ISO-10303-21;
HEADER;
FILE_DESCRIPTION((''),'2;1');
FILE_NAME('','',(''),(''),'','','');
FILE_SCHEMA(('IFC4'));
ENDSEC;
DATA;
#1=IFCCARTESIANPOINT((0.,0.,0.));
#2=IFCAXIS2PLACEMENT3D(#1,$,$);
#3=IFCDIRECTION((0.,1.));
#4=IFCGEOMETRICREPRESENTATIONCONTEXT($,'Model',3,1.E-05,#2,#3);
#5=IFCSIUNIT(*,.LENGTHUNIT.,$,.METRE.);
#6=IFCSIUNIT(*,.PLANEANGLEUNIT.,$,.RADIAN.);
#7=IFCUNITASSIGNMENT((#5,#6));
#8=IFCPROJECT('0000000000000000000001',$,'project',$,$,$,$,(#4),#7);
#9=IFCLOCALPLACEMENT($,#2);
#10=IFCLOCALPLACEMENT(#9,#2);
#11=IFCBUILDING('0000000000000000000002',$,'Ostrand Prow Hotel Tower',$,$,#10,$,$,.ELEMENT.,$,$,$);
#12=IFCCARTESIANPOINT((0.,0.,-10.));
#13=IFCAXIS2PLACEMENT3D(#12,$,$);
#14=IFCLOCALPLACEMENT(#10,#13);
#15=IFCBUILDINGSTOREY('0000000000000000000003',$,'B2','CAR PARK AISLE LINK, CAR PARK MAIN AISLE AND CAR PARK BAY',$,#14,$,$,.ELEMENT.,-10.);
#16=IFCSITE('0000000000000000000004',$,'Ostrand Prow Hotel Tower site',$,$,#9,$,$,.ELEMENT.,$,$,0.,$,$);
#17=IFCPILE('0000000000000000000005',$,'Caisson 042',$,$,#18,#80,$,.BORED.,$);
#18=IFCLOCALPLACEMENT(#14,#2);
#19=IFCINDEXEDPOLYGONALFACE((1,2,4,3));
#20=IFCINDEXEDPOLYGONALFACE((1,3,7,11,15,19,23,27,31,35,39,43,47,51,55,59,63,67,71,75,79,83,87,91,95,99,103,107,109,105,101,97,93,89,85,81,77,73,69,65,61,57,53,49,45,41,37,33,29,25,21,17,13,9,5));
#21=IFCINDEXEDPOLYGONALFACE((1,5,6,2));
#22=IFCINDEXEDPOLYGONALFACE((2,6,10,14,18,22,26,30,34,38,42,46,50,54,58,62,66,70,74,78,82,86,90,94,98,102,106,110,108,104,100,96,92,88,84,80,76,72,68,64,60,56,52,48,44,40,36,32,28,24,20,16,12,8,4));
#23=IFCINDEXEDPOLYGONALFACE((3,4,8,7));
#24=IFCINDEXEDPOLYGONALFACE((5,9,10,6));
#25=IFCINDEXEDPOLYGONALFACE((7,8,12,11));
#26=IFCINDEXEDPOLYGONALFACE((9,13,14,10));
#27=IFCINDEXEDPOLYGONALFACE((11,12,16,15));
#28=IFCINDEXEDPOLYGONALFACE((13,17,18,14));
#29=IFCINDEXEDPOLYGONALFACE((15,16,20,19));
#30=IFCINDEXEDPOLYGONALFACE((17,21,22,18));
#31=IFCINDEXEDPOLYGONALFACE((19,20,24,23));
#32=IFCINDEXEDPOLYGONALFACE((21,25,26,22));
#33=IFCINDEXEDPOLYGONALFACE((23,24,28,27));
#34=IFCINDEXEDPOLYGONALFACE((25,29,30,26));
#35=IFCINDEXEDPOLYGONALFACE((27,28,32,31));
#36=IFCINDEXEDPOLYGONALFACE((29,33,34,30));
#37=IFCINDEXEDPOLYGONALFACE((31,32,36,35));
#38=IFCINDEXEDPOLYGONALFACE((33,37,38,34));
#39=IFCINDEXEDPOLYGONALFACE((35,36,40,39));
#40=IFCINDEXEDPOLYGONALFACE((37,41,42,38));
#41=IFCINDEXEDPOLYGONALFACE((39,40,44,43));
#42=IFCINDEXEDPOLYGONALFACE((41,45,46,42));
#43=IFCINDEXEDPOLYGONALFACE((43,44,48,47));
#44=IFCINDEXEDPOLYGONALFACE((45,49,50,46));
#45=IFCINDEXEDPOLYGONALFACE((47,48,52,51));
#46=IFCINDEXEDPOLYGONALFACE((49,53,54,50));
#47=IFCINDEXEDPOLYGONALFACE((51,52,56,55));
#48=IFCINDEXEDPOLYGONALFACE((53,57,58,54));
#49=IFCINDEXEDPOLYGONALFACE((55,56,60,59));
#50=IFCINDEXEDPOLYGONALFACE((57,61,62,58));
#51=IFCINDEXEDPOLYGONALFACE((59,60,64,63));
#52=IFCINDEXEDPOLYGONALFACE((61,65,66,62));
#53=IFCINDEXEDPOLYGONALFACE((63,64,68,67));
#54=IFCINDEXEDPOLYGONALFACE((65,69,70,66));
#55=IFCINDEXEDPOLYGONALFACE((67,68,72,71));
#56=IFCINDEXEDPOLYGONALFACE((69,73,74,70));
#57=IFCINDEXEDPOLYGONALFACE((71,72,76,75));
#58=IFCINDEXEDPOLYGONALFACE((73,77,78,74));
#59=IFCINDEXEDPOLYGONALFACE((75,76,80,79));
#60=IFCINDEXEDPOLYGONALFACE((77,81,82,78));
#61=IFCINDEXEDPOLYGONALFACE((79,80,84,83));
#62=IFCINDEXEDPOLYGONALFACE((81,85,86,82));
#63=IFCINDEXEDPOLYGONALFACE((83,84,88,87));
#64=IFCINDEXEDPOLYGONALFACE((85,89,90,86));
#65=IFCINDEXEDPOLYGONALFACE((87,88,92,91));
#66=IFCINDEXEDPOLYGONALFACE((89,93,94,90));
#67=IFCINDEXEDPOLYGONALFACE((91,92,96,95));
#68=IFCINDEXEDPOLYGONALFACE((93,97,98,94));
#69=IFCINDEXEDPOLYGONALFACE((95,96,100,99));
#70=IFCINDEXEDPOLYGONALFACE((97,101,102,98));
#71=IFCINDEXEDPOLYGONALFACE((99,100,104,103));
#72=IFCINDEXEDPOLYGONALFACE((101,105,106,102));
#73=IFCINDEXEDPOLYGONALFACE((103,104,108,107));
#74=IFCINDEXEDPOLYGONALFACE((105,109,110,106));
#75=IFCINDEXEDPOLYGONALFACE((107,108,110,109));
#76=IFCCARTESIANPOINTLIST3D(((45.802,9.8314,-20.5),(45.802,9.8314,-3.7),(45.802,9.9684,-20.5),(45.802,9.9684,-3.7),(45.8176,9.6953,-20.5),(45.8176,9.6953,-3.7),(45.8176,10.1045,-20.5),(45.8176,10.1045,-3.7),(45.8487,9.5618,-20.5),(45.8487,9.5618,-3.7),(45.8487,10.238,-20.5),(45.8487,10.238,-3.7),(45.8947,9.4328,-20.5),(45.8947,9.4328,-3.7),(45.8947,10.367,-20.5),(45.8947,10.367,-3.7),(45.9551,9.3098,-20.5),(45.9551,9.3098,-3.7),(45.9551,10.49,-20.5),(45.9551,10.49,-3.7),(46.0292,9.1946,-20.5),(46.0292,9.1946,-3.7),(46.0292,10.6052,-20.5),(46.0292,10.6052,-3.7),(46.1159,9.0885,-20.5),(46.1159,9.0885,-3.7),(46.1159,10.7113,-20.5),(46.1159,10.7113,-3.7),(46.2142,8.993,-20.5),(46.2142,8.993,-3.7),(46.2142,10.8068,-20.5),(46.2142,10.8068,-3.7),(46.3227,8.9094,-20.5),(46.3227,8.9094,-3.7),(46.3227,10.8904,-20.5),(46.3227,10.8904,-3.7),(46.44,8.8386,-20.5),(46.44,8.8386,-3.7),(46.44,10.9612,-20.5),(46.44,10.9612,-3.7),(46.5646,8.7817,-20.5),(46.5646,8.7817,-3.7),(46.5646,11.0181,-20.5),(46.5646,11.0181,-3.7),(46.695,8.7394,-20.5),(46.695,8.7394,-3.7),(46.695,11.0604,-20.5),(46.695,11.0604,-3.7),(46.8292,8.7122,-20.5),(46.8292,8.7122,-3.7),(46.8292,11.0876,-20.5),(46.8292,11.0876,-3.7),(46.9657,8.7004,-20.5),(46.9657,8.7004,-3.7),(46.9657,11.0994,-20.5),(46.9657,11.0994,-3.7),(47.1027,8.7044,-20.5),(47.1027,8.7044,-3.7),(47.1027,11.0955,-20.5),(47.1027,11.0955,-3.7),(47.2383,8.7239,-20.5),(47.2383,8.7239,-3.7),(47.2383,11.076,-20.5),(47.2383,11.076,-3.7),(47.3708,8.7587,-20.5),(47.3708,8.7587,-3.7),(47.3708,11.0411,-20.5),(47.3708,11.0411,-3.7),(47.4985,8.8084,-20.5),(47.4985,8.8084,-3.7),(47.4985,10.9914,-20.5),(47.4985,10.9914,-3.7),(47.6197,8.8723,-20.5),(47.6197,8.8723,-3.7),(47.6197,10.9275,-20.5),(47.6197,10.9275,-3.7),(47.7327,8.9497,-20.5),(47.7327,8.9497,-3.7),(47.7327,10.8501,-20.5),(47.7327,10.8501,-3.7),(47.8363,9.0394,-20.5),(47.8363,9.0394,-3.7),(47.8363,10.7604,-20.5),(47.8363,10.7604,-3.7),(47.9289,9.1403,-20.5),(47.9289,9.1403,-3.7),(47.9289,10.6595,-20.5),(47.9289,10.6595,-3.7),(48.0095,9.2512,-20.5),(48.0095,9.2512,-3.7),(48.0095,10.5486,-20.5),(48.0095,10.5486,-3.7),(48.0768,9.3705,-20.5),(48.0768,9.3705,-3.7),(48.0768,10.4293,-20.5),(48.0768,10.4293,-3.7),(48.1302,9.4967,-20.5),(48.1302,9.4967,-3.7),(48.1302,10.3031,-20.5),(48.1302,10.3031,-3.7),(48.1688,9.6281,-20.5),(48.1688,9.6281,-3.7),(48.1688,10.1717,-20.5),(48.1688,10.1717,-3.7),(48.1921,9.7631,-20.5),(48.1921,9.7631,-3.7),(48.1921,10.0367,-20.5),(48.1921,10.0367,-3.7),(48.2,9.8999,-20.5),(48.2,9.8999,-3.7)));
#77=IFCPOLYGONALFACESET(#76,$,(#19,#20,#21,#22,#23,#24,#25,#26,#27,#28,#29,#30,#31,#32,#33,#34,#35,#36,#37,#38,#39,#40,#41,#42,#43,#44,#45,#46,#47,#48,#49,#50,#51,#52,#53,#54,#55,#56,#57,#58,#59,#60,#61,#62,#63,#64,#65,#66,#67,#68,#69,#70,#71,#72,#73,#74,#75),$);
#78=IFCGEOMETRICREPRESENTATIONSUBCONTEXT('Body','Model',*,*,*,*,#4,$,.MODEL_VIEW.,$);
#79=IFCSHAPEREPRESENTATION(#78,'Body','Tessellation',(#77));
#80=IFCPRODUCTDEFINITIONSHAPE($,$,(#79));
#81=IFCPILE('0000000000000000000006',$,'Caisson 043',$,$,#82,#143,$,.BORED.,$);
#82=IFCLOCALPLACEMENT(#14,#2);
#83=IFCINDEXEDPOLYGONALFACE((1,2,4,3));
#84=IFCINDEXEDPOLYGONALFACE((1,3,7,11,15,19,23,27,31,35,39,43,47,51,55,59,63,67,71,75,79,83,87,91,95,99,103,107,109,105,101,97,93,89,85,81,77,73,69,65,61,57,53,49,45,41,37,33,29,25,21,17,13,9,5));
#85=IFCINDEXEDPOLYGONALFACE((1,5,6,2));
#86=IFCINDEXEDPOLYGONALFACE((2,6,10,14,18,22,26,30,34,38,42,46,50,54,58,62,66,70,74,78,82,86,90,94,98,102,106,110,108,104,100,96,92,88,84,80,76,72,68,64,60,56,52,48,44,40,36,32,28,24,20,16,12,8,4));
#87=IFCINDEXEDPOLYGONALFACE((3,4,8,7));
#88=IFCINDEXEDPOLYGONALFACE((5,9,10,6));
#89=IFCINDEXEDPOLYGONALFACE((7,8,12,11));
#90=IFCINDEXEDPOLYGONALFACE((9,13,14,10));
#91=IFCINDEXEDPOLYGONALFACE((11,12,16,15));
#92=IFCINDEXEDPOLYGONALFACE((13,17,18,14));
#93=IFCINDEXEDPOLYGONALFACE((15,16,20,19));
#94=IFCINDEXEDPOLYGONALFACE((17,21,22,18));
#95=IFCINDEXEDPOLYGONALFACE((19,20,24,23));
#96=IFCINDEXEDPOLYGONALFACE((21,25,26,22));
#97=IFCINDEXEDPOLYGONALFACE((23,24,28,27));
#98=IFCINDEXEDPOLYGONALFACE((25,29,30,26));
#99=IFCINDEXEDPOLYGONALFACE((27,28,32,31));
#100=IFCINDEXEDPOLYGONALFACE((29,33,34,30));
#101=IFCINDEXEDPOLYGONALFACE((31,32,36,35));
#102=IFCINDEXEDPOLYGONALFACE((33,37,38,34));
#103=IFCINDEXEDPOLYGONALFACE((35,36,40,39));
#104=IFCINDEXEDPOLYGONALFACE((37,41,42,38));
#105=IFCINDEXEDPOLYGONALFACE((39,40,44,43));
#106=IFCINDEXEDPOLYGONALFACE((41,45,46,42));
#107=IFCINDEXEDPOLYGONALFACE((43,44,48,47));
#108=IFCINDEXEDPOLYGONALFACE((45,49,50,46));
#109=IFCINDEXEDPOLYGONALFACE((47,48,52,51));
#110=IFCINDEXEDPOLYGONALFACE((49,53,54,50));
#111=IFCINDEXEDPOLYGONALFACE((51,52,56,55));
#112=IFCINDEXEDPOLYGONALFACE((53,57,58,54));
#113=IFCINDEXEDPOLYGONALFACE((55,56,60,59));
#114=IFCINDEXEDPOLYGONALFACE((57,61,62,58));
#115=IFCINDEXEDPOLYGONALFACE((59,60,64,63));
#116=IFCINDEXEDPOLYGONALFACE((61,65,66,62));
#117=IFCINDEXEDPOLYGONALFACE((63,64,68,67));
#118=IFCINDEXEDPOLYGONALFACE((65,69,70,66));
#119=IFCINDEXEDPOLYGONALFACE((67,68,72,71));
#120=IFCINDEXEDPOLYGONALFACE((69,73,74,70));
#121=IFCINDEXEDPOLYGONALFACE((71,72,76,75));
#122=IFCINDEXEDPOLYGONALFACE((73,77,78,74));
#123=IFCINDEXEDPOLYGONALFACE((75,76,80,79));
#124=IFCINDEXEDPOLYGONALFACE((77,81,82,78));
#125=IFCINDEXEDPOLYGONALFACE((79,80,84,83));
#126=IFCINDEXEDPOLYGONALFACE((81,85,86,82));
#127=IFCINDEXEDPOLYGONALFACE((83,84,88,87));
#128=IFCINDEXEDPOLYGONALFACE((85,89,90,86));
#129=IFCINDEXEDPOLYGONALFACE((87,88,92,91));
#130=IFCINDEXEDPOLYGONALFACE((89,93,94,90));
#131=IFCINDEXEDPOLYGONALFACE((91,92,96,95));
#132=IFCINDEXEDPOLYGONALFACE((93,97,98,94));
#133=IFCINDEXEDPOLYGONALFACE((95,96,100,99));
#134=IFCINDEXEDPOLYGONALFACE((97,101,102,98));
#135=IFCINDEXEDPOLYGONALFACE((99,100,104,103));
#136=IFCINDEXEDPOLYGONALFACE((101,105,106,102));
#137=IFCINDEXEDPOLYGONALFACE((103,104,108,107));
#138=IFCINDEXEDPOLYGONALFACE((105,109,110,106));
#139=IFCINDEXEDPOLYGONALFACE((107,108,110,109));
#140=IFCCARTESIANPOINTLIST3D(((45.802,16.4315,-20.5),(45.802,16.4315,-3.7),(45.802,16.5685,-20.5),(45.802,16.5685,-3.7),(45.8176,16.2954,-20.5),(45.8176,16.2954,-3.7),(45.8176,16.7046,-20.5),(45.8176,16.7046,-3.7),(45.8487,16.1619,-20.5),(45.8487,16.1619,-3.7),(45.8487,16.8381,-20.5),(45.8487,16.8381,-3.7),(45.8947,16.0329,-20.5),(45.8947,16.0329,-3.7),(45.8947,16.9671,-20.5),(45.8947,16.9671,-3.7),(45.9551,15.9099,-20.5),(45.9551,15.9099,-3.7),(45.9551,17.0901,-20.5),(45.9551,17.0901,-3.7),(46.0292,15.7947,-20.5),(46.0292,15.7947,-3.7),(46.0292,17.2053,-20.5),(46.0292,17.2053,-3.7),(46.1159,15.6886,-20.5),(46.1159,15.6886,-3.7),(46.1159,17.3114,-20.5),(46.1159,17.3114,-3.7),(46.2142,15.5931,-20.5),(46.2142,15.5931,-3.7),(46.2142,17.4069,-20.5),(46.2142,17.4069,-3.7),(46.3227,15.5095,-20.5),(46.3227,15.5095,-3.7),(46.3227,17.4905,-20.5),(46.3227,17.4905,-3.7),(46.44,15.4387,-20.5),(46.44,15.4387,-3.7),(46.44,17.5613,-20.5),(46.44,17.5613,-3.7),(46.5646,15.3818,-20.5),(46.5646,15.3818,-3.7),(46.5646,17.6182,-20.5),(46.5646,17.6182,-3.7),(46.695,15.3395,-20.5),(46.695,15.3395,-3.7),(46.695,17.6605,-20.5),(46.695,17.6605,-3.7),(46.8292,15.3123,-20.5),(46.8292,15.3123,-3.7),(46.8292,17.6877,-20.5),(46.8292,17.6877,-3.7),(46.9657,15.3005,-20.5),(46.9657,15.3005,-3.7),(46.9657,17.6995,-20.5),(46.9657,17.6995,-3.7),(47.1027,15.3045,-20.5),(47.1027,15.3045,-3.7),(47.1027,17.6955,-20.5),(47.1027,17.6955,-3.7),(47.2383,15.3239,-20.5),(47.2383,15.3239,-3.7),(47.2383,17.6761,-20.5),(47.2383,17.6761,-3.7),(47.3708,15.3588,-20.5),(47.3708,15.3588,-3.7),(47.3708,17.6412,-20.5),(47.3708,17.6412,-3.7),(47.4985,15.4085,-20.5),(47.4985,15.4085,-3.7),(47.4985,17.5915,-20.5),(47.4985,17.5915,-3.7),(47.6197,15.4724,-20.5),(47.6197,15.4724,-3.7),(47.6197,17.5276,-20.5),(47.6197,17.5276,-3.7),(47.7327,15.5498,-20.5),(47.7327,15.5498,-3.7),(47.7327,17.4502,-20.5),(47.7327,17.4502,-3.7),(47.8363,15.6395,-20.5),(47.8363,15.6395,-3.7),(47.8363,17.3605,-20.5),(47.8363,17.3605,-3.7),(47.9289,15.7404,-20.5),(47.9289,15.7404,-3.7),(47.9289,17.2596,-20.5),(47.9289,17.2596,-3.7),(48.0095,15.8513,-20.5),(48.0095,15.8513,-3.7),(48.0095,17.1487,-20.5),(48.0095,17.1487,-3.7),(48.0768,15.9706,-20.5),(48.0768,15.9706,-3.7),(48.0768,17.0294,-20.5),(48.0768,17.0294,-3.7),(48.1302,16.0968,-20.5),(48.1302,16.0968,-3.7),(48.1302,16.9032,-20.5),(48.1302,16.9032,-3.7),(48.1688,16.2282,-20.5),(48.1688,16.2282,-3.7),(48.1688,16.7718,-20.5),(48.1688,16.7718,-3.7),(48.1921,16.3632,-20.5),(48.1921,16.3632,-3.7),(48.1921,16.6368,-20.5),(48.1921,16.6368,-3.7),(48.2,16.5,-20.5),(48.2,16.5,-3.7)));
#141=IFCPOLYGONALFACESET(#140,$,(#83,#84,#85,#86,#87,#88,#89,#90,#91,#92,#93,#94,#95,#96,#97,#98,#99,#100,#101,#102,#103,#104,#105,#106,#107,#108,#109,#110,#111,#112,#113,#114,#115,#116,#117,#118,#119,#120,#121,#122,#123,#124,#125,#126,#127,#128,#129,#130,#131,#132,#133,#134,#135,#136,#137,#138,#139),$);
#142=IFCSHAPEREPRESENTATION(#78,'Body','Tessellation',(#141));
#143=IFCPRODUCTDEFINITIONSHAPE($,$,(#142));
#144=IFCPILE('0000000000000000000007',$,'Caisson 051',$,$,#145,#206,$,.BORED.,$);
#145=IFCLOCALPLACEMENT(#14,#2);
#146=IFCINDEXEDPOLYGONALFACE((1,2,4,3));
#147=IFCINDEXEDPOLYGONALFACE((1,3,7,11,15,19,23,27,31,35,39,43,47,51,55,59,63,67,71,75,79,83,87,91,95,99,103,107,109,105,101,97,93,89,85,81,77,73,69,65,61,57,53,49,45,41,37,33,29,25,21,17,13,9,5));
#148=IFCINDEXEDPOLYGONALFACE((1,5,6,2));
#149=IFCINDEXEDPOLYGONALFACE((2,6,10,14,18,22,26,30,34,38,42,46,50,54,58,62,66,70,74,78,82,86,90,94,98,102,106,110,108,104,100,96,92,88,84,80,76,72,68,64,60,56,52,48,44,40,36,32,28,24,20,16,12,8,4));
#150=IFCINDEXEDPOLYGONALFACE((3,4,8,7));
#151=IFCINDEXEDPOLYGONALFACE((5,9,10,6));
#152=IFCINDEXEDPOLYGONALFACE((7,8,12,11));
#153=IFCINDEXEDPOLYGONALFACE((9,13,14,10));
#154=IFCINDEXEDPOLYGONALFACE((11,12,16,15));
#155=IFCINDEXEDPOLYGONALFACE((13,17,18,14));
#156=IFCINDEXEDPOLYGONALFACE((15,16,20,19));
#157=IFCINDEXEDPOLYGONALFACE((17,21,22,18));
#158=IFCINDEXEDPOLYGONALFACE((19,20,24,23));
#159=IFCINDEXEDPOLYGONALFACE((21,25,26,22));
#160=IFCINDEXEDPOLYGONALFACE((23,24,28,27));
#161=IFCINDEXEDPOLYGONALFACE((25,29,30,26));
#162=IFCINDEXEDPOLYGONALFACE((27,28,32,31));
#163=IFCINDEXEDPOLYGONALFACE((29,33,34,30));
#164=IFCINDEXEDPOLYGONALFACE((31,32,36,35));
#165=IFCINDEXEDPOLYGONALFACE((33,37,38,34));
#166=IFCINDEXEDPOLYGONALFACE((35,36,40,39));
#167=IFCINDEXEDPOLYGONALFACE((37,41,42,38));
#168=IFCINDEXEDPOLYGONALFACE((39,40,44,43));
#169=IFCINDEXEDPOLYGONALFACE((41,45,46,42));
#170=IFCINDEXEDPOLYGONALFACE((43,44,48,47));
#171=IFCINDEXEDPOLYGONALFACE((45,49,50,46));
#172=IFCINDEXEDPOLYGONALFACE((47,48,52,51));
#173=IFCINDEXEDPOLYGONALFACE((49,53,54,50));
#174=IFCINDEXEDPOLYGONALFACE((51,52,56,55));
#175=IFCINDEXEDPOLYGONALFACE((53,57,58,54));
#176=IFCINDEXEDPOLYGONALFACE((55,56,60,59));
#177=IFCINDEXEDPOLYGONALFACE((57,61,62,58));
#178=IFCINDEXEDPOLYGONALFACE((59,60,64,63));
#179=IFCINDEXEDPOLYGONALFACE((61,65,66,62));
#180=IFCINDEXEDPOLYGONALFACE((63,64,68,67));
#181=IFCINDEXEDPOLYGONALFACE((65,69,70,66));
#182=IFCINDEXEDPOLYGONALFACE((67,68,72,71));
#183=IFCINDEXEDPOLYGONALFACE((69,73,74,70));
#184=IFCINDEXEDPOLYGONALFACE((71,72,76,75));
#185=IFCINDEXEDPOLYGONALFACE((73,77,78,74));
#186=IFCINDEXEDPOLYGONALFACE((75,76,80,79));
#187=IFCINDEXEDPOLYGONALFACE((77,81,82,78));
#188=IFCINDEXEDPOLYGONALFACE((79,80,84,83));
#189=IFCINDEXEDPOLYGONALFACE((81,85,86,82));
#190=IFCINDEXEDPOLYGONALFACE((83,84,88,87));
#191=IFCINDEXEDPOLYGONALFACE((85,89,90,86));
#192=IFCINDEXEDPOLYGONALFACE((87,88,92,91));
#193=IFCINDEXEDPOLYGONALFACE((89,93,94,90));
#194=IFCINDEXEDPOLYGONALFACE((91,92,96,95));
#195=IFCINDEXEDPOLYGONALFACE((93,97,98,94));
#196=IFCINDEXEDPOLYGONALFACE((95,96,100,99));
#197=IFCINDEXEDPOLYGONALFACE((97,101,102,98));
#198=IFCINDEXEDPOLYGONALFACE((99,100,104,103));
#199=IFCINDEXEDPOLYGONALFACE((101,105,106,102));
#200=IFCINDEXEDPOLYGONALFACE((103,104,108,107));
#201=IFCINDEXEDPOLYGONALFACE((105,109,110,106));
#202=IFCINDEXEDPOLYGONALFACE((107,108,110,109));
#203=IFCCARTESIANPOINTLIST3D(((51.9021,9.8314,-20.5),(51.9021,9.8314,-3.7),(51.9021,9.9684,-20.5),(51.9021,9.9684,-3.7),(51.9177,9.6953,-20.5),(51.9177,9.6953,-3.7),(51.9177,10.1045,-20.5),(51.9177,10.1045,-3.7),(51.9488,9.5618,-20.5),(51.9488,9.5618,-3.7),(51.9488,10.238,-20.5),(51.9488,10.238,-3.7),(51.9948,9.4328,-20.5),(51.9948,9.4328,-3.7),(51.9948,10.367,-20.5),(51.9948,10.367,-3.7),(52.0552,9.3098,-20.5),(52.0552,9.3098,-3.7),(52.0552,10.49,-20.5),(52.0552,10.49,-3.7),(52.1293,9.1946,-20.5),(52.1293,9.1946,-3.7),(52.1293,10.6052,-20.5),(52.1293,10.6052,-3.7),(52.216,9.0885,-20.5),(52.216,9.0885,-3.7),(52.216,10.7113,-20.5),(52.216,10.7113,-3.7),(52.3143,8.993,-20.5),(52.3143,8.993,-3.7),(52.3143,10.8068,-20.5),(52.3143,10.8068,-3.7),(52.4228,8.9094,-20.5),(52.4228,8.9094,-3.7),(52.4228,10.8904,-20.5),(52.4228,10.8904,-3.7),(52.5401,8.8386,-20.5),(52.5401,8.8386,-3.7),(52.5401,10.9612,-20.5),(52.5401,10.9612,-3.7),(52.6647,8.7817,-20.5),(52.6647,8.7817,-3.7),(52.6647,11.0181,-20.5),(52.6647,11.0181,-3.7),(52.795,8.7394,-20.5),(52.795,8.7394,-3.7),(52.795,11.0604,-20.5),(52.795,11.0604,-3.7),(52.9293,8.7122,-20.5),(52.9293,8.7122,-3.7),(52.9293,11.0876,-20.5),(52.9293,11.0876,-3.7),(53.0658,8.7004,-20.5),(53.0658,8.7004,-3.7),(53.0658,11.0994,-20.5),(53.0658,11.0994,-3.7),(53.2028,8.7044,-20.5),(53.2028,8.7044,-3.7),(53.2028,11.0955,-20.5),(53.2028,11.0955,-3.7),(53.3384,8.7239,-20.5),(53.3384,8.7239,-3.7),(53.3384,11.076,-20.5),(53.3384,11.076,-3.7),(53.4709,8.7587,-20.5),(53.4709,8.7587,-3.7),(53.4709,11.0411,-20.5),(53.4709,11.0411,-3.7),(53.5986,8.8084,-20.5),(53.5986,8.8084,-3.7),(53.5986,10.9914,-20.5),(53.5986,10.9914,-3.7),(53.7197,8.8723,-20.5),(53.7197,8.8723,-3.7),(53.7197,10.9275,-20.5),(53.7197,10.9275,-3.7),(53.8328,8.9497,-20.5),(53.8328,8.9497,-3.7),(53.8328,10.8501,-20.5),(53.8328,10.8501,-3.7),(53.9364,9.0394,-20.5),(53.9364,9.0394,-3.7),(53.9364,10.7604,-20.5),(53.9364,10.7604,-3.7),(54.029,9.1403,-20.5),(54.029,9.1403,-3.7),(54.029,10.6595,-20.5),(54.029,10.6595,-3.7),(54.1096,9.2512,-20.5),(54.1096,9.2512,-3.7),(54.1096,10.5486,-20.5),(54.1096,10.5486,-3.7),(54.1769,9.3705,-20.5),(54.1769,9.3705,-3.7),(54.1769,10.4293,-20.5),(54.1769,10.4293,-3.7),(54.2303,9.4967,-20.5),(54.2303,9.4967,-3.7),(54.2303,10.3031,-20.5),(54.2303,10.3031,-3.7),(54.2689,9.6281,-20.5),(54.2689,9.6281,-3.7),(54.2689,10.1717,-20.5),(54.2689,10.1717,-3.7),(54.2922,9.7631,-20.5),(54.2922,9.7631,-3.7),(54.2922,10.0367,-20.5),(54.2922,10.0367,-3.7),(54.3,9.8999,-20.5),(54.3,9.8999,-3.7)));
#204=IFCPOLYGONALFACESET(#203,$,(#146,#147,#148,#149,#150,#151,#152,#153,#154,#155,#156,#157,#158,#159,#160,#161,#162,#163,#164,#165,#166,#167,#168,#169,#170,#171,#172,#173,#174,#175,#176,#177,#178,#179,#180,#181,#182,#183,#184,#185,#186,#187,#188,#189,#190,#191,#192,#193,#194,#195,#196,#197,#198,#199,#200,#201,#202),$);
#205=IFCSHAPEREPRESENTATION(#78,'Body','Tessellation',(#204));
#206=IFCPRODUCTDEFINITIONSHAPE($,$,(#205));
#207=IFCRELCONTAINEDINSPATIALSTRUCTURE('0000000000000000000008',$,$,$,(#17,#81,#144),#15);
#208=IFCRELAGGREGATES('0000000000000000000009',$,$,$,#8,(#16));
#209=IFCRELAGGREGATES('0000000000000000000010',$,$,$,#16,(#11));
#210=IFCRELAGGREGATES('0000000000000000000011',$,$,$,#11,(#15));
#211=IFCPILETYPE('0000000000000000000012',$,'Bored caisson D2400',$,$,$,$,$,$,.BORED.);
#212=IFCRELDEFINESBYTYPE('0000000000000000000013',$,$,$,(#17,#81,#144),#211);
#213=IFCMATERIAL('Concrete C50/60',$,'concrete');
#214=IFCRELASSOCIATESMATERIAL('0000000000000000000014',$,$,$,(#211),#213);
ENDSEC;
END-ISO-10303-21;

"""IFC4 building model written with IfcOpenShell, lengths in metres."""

from ifc_helpers import new_model, si_unit, direction, frame, origin, origin_2d, place, context, subcontext, project, spatial, circle, extrude, material, type_object, element, save


model = new_model("IFC4")

# Units and contexts
model_context = context("Model", 3, precision=1e-05, world=origin(), true_north=direction((0.0, 1.0)))
body_context = subcontext(model_context, "Body", "Model", "MODEL_VIEW")
ifc_project = project(units=[si_unit("LENGTHUNIT", "METRE"), si_unit("PLANEANGLEUNIT", "RADIAN")], contexts=[model_context])

# Site, building, storey
site_placement = place(None, origin())
site = spatial("IfcSite", under=ifc_project, at=site_placement, Name="Ostrand Prow Hotel Tower site", CompositionType="ELEMENT", RefElevation=0.0)
building_placement = place(site_placement, origin())
building = spatial("IfcBuilding", under=site, at=building_placement, Name="Ostrand Prow Hotel Tower", CompositionType="ELEMENT")
storey_placement = place(building_placement, frame((0.0, 0.0, -10.0)))
storey = spatial("IfcBuildingStorey", under=building, at=storey_placement, Name="B2", Description="CAR PARK AISLE LINK, CAR PARK MAIN AISLE AND CAR PARK BAY", CompositionType="ELEMENT", Elevation=-10.0)

# Piles
ifc_material_1 = material(Name="Concrete C50/60", Category="concrete")
pile_type = type_object("IfcPileType", Name="Bored caisson D2400", PredefinedType="BORED", material=ifc_material_1)
for number, where, z_axis, x_axis, name in (
    (1, (47.0, 9.8999, -3.7), (0.0, 0.0, -1.0), (1.0, 0.0, 0.0), "Caisson 042"),
    (2, (47.0, 16.5, -3.7), (0.0, 0.0, -1.0), (1.0, 0.0, 0.0), "Caisson 043"),
    (3, (53.1001, 9.8999, -3.7), (0.0, 0.0, -1.0), (1.0, 0.0, 0.0), "Caisson 051"),
):
    element("IfcPile", number, at=place(storey_placement, frame(where, z_axis=z_axis, x_axis=x_axis)), inside=storey, type_object=pile_type, Name=name, PredefinedType="BORED", context=body_context, shape_type="SweptSolid", body=[
        extrude(circle(Radius=1.2, at=origin_2d()), origin(), (0.0, 0.0, 1.0), 16.8),
    ])

save(model, "model.ifc")
